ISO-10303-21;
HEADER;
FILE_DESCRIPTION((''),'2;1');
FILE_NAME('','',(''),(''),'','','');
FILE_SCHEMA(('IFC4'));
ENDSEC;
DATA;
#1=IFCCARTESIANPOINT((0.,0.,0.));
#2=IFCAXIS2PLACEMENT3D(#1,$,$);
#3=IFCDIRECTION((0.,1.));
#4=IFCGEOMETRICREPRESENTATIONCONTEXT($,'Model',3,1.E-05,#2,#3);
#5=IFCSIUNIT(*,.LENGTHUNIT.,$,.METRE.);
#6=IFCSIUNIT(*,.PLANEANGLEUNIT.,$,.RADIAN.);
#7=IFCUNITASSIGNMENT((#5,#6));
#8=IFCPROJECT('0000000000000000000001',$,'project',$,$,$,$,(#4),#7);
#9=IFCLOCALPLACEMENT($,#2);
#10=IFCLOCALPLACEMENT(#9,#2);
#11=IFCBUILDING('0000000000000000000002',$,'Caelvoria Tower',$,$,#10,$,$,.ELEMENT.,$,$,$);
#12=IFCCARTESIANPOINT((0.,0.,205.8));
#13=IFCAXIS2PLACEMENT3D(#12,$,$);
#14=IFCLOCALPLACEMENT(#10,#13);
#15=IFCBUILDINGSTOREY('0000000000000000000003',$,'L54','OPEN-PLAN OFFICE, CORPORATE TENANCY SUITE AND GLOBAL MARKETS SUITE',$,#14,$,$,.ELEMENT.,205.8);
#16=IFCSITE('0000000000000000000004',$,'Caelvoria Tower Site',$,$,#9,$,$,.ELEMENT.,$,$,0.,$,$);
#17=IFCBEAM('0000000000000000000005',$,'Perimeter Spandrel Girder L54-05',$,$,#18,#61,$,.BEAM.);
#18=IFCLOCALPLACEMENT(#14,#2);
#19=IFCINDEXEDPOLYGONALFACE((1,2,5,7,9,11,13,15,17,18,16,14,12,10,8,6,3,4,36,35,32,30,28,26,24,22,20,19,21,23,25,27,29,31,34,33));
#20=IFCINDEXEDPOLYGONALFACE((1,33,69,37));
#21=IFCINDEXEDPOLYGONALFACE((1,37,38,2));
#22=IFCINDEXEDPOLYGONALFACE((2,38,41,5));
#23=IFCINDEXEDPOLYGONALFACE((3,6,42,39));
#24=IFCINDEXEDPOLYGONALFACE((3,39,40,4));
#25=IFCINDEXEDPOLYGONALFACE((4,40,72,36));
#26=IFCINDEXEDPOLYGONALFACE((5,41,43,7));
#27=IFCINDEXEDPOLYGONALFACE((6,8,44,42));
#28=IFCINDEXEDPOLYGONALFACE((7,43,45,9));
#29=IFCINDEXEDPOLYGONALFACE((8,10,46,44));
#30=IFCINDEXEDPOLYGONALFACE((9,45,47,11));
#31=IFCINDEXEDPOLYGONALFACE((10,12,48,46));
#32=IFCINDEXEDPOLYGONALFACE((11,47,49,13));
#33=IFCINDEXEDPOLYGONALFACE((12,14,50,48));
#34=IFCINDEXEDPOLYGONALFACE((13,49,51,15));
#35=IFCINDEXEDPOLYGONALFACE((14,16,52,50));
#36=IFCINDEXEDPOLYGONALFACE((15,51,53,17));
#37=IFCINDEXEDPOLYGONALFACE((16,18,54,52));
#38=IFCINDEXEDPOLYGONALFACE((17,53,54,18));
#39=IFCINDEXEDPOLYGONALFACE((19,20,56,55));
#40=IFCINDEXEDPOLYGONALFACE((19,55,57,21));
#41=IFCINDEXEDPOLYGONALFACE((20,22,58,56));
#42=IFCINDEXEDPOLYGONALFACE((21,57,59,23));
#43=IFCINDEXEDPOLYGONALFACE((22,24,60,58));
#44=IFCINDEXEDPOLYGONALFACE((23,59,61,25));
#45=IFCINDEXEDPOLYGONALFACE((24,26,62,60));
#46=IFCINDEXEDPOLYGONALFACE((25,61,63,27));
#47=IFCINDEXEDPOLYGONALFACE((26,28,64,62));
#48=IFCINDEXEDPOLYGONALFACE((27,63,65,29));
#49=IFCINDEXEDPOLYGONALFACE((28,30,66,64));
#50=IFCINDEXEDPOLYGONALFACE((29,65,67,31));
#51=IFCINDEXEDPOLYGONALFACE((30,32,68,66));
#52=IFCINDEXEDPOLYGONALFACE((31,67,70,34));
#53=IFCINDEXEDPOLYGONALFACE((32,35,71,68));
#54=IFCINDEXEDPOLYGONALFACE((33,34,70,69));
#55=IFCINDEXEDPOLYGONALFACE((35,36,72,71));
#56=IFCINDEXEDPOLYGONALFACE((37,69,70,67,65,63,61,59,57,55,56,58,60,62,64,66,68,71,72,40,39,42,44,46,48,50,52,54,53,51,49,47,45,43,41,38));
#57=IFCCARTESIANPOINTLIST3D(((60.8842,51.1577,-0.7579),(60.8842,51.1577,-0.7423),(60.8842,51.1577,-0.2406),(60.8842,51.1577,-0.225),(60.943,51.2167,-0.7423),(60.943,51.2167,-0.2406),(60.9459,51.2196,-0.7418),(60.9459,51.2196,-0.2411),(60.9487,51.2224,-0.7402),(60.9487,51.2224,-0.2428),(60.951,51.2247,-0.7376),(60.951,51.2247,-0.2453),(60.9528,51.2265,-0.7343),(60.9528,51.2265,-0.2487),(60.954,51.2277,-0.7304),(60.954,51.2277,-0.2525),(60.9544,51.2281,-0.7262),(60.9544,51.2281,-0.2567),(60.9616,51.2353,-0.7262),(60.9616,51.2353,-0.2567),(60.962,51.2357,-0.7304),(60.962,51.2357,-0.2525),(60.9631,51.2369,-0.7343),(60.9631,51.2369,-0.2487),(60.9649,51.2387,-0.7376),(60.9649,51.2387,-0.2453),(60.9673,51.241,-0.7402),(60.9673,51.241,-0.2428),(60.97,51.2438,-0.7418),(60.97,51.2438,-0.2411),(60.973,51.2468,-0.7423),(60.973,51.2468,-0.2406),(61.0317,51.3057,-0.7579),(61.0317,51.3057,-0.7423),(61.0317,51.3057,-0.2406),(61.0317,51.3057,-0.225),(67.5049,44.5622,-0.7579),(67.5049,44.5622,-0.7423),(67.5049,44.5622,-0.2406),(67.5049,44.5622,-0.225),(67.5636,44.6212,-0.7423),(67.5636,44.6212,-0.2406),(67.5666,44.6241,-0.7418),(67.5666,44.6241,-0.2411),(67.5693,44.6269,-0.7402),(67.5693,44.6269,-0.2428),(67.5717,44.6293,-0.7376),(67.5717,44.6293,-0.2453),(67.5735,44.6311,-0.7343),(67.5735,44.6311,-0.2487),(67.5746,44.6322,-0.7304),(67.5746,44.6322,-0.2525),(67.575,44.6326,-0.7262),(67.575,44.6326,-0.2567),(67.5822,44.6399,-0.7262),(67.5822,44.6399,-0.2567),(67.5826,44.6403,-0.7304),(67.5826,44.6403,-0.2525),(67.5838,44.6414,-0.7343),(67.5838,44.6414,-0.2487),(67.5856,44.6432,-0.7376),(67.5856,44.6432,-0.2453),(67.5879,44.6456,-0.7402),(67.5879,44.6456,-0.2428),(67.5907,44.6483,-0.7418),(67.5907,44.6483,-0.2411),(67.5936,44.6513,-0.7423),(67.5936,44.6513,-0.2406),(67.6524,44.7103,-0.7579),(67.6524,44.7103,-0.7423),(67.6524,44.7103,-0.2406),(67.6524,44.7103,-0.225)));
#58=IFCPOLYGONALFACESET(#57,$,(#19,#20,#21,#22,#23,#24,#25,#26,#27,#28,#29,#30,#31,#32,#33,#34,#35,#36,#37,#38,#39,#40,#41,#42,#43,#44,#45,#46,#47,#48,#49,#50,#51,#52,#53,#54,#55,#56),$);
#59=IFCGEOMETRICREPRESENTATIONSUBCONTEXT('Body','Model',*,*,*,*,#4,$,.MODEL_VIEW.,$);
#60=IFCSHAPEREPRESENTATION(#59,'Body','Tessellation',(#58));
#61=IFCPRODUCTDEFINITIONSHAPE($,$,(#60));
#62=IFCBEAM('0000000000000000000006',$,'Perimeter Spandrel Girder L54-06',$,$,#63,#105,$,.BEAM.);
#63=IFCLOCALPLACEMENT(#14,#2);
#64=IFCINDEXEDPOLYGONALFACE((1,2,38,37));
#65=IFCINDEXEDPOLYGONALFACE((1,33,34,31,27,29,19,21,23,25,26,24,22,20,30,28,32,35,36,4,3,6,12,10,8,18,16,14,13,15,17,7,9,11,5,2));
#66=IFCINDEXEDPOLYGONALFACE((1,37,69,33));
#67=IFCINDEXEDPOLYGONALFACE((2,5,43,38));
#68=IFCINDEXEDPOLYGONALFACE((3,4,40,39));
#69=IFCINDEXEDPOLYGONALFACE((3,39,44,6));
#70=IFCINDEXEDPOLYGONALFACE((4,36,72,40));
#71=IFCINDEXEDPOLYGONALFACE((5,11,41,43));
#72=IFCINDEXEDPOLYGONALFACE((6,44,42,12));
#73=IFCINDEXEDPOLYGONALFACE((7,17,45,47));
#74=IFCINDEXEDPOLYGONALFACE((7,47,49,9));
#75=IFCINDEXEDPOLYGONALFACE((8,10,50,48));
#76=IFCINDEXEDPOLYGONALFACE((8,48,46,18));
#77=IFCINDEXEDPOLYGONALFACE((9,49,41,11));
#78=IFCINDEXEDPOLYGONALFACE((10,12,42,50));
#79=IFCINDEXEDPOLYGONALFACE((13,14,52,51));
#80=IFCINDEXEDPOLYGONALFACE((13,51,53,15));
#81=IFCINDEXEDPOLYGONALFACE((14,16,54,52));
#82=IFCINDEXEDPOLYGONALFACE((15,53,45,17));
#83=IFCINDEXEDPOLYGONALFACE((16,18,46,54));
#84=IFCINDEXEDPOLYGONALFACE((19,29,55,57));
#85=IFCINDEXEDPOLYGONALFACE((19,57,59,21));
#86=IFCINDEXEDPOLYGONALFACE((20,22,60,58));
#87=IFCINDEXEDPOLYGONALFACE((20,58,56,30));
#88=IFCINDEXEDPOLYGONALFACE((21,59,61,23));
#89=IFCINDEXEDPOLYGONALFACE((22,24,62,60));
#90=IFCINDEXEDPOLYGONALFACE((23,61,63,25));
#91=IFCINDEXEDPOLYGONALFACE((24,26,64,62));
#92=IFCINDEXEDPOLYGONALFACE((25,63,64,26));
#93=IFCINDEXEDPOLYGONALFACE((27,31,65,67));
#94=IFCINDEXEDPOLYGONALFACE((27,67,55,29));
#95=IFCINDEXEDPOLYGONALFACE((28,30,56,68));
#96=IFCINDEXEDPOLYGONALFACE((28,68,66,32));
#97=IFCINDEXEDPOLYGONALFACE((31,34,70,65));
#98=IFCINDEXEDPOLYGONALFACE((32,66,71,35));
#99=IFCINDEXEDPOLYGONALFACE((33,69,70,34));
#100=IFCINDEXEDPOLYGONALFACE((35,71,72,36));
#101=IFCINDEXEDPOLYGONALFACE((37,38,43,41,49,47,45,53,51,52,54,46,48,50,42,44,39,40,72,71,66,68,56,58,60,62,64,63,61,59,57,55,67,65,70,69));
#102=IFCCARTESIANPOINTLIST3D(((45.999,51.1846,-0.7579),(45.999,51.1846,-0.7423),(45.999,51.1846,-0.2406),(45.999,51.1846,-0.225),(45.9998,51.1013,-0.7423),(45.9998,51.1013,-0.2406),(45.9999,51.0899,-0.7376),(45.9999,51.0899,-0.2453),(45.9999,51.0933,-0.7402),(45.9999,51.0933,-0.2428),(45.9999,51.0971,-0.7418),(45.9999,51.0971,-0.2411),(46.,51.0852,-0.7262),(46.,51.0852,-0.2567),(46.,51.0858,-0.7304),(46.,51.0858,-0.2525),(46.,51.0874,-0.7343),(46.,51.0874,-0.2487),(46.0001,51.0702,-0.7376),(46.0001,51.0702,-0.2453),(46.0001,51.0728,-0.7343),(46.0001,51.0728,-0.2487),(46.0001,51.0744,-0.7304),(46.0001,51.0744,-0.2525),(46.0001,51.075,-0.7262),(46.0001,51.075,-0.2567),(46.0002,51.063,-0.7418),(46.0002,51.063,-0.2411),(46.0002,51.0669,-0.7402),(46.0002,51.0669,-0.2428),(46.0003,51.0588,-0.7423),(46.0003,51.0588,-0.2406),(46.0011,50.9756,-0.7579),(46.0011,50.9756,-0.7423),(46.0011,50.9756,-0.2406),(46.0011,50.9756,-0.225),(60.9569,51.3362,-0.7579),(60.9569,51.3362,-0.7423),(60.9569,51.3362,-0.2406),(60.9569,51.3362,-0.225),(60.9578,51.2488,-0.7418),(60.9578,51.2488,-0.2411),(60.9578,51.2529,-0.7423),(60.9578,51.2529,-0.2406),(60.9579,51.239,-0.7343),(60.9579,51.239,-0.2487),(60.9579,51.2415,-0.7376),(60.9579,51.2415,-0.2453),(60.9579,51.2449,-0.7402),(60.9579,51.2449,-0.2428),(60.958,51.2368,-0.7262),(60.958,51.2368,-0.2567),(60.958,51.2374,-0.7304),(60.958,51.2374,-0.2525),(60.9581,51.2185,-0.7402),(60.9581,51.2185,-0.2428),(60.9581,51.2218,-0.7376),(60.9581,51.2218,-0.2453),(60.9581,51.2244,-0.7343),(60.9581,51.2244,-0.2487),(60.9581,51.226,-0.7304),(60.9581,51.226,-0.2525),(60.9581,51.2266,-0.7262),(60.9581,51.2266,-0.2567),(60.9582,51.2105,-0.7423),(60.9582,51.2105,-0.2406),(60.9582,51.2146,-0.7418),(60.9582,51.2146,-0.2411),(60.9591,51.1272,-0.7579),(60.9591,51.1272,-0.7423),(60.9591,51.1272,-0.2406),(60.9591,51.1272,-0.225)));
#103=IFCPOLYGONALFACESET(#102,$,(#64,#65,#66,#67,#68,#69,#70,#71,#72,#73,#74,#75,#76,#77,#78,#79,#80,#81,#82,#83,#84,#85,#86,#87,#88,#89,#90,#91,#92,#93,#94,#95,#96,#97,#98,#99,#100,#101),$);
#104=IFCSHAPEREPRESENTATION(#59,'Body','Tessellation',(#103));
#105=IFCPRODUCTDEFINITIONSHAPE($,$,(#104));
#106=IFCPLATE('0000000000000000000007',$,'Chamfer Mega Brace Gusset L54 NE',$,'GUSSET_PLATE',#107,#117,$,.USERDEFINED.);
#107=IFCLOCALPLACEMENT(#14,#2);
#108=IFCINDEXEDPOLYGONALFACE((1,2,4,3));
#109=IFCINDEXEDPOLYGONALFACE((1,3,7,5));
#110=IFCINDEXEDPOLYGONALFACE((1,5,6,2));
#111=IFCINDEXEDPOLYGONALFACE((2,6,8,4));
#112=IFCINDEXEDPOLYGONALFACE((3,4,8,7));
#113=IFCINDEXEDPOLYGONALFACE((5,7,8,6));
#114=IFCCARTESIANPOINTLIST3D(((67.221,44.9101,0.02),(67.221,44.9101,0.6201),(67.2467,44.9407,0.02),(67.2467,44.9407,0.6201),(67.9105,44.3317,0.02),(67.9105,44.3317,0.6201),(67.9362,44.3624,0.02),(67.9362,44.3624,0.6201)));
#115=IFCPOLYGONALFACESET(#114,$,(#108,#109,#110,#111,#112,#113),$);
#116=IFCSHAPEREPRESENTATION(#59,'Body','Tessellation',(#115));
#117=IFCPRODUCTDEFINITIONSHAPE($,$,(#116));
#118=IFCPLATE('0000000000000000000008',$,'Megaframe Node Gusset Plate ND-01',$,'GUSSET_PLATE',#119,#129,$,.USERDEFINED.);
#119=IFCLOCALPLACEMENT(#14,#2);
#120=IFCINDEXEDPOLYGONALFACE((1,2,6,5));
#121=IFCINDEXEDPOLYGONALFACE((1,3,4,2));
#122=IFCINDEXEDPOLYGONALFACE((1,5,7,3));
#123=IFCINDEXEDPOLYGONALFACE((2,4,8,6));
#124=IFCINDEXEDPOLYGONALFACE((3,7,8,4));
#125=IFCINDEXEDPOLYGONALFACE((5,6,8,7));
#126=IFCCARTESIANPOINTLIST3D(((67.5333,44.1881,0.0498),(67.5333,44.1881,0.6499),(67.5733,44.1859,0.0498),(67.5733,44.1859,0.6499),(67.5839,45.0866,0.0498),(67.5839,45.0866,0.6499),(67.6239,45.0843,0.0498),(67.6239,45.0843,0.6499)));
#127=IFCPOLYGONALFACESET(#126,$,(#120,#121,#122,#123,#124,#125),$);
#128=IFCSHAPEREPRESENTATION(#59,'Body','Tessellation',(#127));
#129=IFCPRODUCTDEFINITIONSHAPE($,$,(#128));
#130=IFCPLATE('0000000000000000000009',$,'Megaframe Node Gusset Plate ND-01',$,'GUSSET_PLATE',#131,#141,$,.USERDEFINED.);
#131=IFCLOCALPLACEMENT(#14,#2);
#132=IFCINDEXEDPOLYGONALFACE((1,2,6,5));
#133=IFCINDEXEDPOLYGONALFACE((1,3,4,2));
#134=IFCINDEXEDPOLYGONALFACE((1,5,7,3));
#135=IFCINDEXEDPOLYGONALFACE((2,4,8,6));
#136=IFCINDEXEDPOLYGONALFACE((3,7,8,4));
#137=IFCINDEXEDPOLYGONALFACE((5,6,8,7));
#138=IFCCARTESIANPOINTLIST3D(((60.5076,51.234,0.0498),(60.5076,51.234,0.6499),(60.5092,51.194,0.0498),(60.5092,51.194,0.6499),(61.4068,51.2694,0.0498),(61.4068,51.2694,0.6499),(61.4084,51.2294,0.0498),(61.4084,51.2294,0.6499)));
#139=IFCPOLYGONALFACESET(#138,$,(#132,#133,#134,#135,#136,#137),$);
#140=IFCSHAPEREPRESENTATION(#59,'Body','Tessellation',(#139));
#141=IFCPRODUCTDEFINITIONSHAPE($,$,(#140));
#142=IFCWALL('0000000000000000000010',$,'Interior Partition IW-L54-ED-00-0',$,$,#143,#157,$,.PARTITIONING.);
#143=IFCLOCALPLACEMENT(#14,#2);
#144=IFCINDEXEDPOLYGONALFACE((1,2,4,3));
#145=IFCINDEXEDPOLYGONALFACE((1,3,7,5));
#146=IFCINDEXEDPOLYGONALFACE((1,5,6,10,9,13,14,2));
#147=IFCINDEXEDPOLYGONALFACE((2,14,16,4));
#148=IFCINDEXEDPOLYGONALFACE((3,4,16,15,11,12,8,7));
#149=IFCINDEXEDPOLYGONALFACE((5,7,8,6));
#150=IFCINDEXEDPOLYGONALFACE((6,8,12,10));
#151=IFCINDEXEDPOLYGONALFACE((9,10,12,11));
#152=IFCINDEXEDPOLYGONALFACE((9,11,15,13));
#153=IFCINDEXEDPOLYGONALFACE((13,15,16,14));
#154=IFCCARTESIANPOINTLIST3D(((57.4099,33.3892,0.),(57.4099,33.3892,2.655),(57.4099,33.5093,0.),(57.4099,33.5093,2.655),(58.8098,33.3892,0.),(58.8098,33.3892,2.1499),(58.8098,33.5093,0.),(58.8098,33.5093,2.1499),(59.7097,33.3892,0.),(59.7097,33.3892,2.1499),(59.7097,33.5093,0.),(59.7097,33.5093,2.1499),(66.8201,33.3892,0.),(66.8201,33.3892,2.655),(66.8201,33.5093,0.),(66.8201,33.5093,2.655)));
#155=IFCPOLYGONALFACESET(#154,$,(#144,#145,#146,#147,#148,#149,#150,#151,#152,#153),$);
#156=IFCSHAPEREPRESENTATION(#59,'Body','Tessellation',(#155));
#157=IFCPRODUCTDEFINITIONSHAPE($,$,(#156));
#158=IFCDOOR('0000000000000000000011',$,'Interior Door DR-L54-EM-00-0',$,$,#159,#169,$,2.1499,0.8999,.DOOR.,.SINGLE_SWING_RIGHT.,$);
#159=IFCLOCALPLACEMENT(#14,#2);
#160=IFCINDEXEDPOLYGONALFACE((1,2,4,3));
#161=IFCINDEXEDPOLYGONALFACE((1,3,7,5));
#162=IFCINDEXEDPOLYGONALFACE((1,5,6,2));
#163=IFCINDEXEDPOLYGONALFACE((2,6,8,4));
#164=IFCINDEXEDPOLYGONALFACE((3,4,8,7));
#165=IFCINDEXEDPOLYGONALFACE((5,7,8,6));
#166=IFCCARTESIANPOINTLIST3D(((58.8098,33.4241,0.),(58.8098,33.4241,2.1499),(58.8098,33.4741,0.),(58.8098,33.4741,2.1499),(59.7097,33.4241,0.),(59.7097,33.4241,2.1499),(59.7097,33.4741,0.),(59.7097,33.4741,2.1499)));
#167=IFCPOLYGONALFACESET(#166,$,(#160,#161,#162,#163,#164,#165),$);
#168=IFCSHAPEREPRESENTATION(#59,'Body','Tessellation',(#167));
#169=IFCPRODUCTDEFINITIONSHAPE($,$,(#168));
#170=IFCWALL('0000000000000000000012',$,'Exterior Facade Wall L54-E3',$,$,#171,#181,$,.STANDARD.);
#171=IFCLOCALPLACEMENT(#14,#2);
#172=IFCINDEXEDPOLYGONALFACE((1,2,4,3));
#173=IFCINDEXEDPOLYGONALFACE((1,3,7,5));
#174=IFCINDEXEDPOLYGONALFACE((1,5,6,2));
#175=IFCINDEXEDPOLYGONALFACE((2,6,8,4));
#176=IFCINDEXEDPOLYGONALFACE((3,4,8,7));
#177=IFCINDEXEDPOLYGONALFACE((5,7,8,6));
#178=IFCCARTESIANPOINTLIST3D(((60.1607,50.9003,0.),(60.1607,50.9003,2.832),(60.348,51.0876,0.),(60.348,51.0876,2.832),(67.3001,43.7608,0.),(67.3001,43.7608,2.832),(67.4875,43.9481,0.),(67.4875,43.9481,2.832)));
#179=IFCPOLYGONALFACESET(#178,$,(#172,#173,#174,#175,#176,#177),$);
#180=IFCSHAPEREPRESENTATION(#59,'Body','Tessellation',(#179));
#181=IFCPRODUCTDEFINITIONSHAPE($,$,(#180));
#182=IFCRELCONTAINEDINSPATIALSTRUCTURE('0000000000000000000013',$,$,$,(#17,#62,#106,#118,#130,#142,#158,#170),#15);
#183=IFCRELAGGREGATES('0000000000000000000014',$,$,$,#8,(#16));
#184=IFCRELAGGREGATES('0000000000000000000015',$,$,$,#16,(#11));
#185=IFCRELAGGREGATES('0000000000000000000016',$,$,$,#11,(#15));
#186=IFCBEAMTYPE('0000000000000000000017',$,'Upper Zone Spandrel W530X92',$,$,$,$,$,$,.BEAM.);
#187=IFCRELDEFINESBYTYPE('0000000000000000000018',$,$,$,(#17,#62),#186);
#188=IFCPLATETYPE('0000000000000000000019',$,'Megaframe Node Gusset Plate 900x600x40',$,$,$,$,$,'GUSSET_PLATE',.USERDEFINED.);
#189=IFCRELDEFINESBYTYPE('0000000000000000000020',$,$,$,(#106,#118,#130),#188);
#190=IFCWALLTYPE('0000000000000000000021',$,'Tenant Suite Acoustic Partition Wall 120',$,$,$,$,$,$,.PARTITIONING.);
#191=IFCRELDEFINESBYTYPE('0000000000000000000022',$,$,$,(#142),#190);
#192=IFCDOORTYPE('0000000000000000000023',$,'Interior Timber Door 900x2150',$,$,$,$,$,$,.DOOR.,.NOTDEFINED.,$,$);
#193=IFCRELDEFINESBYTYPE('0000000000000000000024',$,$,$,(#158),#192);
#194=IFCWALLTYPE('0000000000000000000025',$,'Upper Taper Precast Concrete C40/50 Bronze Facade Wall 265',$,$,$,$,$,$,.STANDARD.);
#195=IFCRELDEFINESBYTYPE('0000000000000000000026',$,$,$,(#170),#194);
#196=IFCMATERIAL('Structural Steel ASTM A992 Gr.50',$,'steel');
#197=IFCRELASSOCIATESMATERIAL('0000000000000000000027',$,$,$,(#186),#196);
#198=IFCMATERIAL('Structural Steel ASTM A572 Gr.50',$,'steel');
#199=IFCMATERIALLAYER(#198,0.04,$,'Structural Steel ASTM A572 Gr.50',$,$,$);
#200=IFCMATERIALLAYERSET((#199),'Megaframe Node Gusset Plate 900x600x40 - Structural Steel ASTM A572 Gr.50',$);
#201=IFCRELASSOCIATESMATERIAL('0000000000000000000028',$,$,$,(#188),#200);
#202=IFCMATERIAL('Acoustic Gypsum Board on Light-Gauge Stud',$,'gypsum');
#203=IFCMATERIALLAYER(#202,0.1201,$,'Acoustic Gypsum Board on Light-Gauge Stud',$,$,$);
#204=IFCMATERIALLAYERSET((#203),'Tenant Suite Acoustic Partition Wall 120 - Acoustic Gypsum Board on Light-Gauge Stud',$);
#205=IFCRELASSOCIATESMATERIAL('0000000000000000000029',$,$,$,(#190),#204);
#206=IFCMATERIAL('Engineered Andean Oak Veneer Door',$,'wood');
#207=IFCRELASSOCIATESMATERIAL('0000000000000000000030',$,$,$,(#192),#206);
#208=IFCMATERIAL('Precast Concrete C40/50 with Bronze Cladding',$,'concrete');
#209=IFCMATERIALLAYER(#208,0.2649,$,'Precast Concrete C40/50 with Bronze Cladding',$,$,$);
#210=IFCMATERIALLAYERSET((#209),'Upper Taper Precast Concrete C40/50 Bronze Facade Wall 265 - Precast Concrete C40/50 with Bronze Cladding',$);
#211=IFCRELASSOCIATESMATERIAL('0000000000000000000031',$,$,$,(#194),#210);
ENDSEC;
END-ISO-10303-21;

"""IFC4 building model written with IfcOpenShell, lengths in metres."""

from ifc_helpers import new_model, si_unit, direction, frame, frame_2d, origin, origin_2d, place, context, subcontext, project, spatial, rectangle, i_section, extrude, material, layer, layer_set, material_profile, profile_set, type_object, element, fill, save


model = new_model("IFC4")

# Units and contexts
model_context = context("Model", 3, precision=1e-05, world=origin(), true_north=direction((0.0, 1.0)))
body_context = subcontext(model_context, "Body", "Model", "MODEL_VIEW")
ifc_project = project(units=[si_unit("LENGTHUNIT", "METRE"), si_unit("PLANEANGLEUNIT", "RADIAN")], contexts=[model_context])

# Site, building, storey
site_placement = place(None, origin())
site = spatial("IfcSite", under=ifc_project, at=site_placement, Name="Caelvoria Tower Site", CompositionType="ELEMENT", RefElevation=0.0)
building_placement = place(site_placement, origin())
building = spatial("IfcBuilding", under=site, at=building_placement, Name="Caelvoria Tower", CompositionType="ELEMENT")
storey_placement = place(building_placement, frame((0.0, 0.0, 205.8)))
storey = spatial("IfcBuildingStorey", under=building, at=storey_placement, Name="L54", Description="OPEN-PLAN OFFICE, CORPORATE TENANCY SUITE AND GLOBAL MARKETS SUITE", CompositionType="ELEMENT", Elevation=205.8)

# Shared definitions
ifc_material_1 = material(Name="Structural Steel ASTM A572 Gr.50", Category="steel")

# Shared definitions
ifc_material_2 = material(Name="Structural Steel ASTM A992 Gr.50", Category="steel")

# Beams
ifc_material_profile_1 = material_profile(ifc_material_2, i_section(OverallWidth=0.209, OverallDepth=0.533, WebThickness=0.0103, FlangeThickness=0.0156, FilletRadius=0.0161, at=origin_2d()), Name="Structural Steel ASTM A992 Gr.50")
ifc_profile_set_1 = profile_set([ifc_material_profile_1], Name="W530X92 - Structural Steel ASTM A992 Gr.50")
beam_type_1 = type_object("IfcBeamType", Name="Upper Zone Spandrel W530X92", PredefinedType="BEAM", material=ifc_profile_set_1)
beam_1_placement = place(storey_placement, frame((67.5786, 44.6362, -0.4915), z_axis=(-0.708451, 0.70576, 0.0), x_axis=(-0.70576, -0.708451, 0.0)))
element("IfcBeam", 1, at=beam_1_placement, inside=storey, type_object=beam_type_1, Name="Perimeter Spandrel Girder L54-05", PredefinedType="BEAM", context=body_context, shape_type="SweptSolid", body=[
    extrude(i_section(OverallWidth=0.209, OverallDepth=0.533, WebThickness=0.0103, FlangeThickness=0.0156, FilletRadius=0.0161, at=origin_2d()), origin(), (0.0, 0.0, 1.0), 9.3452),
])
beam_2_placement = place(storey_placement, frame((60.958, 51.2317, -0.4915), z_axis=(-0.999949, -0.010135, 0.0), x_axis=(0.010135, -0.999949, 0.0)))
element("IfcBeam", 2, at=beam_2_placement, inside=storey, type_object=beam_type_1, Name="Perimeter Spandrel Girder L54-06", PredefinedType="BEAM", context=body_context, shape_type="SweptSolid", body=[
    extrude(i_section(OverallWidth=0.209, OverallDepth=0.533, WebThickness=0.0103, FlangeThickness=0.0156, FilletRadius=0.0161, at=origin_2d()), origin(), (0.0, 0.0, 1.0), 14.9587),
])

# Plates
ifc_layer_1 = layer(ifc_material_1, 0.04, Name="Structural Steel ASTM A572 Gr.50")
ifc_layer_set_1 = layer_set([ifc_layer_1], Name="Megaframe Node Gusset Plate 900x600x40 - Structural Steel ASTM A572 Gr.50")
plate_type = type_object("IfcPlateType", Name="Megaframe Node Gusset Plate 900x600x40", ElementType="GUSSET_PLATE", PredefinedType="USERDEFINED", material=ifc_layer_set_1)
for number, where, z_axis, x_axis, name in (
    (3, (67.5786, 44.6362, 0.02), (0.0, 0.0, 1.0), (-0.766162, 0.642647, 0.0), "Chamfer Mega Brace Gusset L54 NE"),
    (4, (67.5786, 44.6362, 0.0498), (0.0, 0.0, 1.0), (-0.05628, -0.998415, 0.0), "Megaframe Node Gusset Plate ND-01"),
    (5, (60.958, 51.2317, 0.0498), (0.0, 0.0, 1.0), (-0.999228, -0.039286, 0.0), "Megaframe Node Gusset Plate ND-01"),
):
    element("IfcPlate", number, at=place(storey_placement, frame(where, z_axis=z_axis, x_axis=x_axis)), inside=storey, type_object=plate_type, Name=name, ObjectType="GUSSET_PLATE", PredefinedType="USERDEFINED", context=body_context, shape_type="SweptSolid", body=[
        extrude(rectangle(XDim=0.8999, YDim=0.04, at=origin_2d()), origin(), (0.0, 0.0, 1.0), 0.6001),
    ])

# Wall, opening, door
ifc_material_3 = material(Name="Acoustic Gypsum Board on Light-Gauge Stud", Category="gypsum")
ifc_layer_2 = layer(ifc_material_3, 0.1201, Name="Acoustic Gypsum Board on Light-Gauge Stud")
ifc_layer_set_2 = layer_set([ifc_layer_2], Name="Tenant Suite Acoustic Partition Wall 120 - Acoustic Gypsum Board on Light-Gauge Stud")
wall_type_1 = type_object("IfcWallType", Name="Tenant Suite Acoustic Partition Wall 120", PredefinedType="PARTITIONING", material=ifc_layer_set_2)
wall_1_placement = place(storey_placement, frame((57.4099, 33.4492, 0.0), z_axis=(0.0, 0.0, 1.0), x_axis=(1.0, 0.0, 0.0)))
wall_1 = element("IfcWall", 6, at=wall_1_placement, inside=storey, type_object=wall_type_1, Name="Interior Partition IW-L54-ED-00-0", PredefinedType="PARTITIONING", context=body_context, shape_type="SweptSolid", body=[
    extrude(rectangle(XDim=9.4102, YDim=0.1201, at=frame_2d((4.7051, 0.0))), origin(), (0.0, 0.0, 1.0), 2.655),
])
opening_placement = place(wall_1_placement, frame((1.3999, 0.0, 0.0)))
opening = element("IfcOpeningElement", 7, at=opening_placement, cuts=wall_1, PredefinedType="OPENING", context=body_context, shape_type="SweptSolid", body=[
    extrude(rectangle(XDim=0.8999, YDim=2.1499, at=frame_2d((0.45, 1.075))), frame((0.0, 0.0701, 0.0), z_axis=(0.0, -1.0, 0.0), x_axis=(1.0, 0.0, 0.0)), (0.0, 0.0, 1.0), 0.1401),
])
ifc_material_4 = material(Name="Engineered Andean Oak Veneer Door", Category="wood")
door_type = type_object("IfcDoorType", Name="Interior Timber Door 900x2150", OperationType="NOTDEFINED", PredefinedType="DOOR", material=ifc_material_4)
door_placement = place(opening_placement, origin())
door = element("IfcDoor", 8, at=door_placement, inside=storey, type_object=door_type, Name="Interior Door DR-L54-EM-00-0", OperationType="SINGLE_SWING_RIGHT", OverallHeight=2.1499, OverallWidth=0.8999, PredefinedType="DOOR", context=body_context, shape_type="SweptSolid", body=[
    extrude(rectangle(XDim=0.8999, YDim=2.1499, at=frame_2d((0.45, 1.075))), frame((0.0, 0.0249, 0.0), z_axis=(0.0, -1.0, 0.0), x_axis=(1.0, 0.0, 0.0)), (0.0, 0.0, 1.0), 0.05),
])
fill(opening, door)

# Wall
ifc_material_5 = material(Name="Precast Concrete C40/50 with Bronze Cladding", Category="concrete")
ifc_layer_3 = layer(ifc_material_5, 0.2649, Name="Precast Concrete C40/50 with Bronze Cladding")
ifc_layer_set_3 = layer_set([ifc_layer_3], Name="Upper Taper Precast Concrete C40/50 Bronze Facade Wall 265 - Precast Concrete C40/50 with Bronze Cladding")
wall_type_2 = type_object("IfcWallType", Name="Upper Taper Precast Concrete C40/50 Bronze Facade Wall 265", PredefinedType="STANDARD", material=ifc_layer_set_3)
wall_2_placement = place(storey_placement, frame((67.3938, 43.8545, 0.0), z_axis=(0.0, 0.0, 1.0), x_axis=(-0.707107, 0.707107, 0.0)))
element("IfcWall", 9, at=wall_2_placement, inside=storey, type_object=wall_type_2, Name="Exterior Facade Wall L54-E3", PredefinedType="STANDARD", context=body_context, shape_type="SweptSolid", body=[
    extrude(rectangle(XDim=10.0967, YDim=0.2649, at=frame_2d((5.0483, 0.0))), origin(), (0.0, 0.0, 1.0), 2.832),
])

save(model, "model.ifc")
